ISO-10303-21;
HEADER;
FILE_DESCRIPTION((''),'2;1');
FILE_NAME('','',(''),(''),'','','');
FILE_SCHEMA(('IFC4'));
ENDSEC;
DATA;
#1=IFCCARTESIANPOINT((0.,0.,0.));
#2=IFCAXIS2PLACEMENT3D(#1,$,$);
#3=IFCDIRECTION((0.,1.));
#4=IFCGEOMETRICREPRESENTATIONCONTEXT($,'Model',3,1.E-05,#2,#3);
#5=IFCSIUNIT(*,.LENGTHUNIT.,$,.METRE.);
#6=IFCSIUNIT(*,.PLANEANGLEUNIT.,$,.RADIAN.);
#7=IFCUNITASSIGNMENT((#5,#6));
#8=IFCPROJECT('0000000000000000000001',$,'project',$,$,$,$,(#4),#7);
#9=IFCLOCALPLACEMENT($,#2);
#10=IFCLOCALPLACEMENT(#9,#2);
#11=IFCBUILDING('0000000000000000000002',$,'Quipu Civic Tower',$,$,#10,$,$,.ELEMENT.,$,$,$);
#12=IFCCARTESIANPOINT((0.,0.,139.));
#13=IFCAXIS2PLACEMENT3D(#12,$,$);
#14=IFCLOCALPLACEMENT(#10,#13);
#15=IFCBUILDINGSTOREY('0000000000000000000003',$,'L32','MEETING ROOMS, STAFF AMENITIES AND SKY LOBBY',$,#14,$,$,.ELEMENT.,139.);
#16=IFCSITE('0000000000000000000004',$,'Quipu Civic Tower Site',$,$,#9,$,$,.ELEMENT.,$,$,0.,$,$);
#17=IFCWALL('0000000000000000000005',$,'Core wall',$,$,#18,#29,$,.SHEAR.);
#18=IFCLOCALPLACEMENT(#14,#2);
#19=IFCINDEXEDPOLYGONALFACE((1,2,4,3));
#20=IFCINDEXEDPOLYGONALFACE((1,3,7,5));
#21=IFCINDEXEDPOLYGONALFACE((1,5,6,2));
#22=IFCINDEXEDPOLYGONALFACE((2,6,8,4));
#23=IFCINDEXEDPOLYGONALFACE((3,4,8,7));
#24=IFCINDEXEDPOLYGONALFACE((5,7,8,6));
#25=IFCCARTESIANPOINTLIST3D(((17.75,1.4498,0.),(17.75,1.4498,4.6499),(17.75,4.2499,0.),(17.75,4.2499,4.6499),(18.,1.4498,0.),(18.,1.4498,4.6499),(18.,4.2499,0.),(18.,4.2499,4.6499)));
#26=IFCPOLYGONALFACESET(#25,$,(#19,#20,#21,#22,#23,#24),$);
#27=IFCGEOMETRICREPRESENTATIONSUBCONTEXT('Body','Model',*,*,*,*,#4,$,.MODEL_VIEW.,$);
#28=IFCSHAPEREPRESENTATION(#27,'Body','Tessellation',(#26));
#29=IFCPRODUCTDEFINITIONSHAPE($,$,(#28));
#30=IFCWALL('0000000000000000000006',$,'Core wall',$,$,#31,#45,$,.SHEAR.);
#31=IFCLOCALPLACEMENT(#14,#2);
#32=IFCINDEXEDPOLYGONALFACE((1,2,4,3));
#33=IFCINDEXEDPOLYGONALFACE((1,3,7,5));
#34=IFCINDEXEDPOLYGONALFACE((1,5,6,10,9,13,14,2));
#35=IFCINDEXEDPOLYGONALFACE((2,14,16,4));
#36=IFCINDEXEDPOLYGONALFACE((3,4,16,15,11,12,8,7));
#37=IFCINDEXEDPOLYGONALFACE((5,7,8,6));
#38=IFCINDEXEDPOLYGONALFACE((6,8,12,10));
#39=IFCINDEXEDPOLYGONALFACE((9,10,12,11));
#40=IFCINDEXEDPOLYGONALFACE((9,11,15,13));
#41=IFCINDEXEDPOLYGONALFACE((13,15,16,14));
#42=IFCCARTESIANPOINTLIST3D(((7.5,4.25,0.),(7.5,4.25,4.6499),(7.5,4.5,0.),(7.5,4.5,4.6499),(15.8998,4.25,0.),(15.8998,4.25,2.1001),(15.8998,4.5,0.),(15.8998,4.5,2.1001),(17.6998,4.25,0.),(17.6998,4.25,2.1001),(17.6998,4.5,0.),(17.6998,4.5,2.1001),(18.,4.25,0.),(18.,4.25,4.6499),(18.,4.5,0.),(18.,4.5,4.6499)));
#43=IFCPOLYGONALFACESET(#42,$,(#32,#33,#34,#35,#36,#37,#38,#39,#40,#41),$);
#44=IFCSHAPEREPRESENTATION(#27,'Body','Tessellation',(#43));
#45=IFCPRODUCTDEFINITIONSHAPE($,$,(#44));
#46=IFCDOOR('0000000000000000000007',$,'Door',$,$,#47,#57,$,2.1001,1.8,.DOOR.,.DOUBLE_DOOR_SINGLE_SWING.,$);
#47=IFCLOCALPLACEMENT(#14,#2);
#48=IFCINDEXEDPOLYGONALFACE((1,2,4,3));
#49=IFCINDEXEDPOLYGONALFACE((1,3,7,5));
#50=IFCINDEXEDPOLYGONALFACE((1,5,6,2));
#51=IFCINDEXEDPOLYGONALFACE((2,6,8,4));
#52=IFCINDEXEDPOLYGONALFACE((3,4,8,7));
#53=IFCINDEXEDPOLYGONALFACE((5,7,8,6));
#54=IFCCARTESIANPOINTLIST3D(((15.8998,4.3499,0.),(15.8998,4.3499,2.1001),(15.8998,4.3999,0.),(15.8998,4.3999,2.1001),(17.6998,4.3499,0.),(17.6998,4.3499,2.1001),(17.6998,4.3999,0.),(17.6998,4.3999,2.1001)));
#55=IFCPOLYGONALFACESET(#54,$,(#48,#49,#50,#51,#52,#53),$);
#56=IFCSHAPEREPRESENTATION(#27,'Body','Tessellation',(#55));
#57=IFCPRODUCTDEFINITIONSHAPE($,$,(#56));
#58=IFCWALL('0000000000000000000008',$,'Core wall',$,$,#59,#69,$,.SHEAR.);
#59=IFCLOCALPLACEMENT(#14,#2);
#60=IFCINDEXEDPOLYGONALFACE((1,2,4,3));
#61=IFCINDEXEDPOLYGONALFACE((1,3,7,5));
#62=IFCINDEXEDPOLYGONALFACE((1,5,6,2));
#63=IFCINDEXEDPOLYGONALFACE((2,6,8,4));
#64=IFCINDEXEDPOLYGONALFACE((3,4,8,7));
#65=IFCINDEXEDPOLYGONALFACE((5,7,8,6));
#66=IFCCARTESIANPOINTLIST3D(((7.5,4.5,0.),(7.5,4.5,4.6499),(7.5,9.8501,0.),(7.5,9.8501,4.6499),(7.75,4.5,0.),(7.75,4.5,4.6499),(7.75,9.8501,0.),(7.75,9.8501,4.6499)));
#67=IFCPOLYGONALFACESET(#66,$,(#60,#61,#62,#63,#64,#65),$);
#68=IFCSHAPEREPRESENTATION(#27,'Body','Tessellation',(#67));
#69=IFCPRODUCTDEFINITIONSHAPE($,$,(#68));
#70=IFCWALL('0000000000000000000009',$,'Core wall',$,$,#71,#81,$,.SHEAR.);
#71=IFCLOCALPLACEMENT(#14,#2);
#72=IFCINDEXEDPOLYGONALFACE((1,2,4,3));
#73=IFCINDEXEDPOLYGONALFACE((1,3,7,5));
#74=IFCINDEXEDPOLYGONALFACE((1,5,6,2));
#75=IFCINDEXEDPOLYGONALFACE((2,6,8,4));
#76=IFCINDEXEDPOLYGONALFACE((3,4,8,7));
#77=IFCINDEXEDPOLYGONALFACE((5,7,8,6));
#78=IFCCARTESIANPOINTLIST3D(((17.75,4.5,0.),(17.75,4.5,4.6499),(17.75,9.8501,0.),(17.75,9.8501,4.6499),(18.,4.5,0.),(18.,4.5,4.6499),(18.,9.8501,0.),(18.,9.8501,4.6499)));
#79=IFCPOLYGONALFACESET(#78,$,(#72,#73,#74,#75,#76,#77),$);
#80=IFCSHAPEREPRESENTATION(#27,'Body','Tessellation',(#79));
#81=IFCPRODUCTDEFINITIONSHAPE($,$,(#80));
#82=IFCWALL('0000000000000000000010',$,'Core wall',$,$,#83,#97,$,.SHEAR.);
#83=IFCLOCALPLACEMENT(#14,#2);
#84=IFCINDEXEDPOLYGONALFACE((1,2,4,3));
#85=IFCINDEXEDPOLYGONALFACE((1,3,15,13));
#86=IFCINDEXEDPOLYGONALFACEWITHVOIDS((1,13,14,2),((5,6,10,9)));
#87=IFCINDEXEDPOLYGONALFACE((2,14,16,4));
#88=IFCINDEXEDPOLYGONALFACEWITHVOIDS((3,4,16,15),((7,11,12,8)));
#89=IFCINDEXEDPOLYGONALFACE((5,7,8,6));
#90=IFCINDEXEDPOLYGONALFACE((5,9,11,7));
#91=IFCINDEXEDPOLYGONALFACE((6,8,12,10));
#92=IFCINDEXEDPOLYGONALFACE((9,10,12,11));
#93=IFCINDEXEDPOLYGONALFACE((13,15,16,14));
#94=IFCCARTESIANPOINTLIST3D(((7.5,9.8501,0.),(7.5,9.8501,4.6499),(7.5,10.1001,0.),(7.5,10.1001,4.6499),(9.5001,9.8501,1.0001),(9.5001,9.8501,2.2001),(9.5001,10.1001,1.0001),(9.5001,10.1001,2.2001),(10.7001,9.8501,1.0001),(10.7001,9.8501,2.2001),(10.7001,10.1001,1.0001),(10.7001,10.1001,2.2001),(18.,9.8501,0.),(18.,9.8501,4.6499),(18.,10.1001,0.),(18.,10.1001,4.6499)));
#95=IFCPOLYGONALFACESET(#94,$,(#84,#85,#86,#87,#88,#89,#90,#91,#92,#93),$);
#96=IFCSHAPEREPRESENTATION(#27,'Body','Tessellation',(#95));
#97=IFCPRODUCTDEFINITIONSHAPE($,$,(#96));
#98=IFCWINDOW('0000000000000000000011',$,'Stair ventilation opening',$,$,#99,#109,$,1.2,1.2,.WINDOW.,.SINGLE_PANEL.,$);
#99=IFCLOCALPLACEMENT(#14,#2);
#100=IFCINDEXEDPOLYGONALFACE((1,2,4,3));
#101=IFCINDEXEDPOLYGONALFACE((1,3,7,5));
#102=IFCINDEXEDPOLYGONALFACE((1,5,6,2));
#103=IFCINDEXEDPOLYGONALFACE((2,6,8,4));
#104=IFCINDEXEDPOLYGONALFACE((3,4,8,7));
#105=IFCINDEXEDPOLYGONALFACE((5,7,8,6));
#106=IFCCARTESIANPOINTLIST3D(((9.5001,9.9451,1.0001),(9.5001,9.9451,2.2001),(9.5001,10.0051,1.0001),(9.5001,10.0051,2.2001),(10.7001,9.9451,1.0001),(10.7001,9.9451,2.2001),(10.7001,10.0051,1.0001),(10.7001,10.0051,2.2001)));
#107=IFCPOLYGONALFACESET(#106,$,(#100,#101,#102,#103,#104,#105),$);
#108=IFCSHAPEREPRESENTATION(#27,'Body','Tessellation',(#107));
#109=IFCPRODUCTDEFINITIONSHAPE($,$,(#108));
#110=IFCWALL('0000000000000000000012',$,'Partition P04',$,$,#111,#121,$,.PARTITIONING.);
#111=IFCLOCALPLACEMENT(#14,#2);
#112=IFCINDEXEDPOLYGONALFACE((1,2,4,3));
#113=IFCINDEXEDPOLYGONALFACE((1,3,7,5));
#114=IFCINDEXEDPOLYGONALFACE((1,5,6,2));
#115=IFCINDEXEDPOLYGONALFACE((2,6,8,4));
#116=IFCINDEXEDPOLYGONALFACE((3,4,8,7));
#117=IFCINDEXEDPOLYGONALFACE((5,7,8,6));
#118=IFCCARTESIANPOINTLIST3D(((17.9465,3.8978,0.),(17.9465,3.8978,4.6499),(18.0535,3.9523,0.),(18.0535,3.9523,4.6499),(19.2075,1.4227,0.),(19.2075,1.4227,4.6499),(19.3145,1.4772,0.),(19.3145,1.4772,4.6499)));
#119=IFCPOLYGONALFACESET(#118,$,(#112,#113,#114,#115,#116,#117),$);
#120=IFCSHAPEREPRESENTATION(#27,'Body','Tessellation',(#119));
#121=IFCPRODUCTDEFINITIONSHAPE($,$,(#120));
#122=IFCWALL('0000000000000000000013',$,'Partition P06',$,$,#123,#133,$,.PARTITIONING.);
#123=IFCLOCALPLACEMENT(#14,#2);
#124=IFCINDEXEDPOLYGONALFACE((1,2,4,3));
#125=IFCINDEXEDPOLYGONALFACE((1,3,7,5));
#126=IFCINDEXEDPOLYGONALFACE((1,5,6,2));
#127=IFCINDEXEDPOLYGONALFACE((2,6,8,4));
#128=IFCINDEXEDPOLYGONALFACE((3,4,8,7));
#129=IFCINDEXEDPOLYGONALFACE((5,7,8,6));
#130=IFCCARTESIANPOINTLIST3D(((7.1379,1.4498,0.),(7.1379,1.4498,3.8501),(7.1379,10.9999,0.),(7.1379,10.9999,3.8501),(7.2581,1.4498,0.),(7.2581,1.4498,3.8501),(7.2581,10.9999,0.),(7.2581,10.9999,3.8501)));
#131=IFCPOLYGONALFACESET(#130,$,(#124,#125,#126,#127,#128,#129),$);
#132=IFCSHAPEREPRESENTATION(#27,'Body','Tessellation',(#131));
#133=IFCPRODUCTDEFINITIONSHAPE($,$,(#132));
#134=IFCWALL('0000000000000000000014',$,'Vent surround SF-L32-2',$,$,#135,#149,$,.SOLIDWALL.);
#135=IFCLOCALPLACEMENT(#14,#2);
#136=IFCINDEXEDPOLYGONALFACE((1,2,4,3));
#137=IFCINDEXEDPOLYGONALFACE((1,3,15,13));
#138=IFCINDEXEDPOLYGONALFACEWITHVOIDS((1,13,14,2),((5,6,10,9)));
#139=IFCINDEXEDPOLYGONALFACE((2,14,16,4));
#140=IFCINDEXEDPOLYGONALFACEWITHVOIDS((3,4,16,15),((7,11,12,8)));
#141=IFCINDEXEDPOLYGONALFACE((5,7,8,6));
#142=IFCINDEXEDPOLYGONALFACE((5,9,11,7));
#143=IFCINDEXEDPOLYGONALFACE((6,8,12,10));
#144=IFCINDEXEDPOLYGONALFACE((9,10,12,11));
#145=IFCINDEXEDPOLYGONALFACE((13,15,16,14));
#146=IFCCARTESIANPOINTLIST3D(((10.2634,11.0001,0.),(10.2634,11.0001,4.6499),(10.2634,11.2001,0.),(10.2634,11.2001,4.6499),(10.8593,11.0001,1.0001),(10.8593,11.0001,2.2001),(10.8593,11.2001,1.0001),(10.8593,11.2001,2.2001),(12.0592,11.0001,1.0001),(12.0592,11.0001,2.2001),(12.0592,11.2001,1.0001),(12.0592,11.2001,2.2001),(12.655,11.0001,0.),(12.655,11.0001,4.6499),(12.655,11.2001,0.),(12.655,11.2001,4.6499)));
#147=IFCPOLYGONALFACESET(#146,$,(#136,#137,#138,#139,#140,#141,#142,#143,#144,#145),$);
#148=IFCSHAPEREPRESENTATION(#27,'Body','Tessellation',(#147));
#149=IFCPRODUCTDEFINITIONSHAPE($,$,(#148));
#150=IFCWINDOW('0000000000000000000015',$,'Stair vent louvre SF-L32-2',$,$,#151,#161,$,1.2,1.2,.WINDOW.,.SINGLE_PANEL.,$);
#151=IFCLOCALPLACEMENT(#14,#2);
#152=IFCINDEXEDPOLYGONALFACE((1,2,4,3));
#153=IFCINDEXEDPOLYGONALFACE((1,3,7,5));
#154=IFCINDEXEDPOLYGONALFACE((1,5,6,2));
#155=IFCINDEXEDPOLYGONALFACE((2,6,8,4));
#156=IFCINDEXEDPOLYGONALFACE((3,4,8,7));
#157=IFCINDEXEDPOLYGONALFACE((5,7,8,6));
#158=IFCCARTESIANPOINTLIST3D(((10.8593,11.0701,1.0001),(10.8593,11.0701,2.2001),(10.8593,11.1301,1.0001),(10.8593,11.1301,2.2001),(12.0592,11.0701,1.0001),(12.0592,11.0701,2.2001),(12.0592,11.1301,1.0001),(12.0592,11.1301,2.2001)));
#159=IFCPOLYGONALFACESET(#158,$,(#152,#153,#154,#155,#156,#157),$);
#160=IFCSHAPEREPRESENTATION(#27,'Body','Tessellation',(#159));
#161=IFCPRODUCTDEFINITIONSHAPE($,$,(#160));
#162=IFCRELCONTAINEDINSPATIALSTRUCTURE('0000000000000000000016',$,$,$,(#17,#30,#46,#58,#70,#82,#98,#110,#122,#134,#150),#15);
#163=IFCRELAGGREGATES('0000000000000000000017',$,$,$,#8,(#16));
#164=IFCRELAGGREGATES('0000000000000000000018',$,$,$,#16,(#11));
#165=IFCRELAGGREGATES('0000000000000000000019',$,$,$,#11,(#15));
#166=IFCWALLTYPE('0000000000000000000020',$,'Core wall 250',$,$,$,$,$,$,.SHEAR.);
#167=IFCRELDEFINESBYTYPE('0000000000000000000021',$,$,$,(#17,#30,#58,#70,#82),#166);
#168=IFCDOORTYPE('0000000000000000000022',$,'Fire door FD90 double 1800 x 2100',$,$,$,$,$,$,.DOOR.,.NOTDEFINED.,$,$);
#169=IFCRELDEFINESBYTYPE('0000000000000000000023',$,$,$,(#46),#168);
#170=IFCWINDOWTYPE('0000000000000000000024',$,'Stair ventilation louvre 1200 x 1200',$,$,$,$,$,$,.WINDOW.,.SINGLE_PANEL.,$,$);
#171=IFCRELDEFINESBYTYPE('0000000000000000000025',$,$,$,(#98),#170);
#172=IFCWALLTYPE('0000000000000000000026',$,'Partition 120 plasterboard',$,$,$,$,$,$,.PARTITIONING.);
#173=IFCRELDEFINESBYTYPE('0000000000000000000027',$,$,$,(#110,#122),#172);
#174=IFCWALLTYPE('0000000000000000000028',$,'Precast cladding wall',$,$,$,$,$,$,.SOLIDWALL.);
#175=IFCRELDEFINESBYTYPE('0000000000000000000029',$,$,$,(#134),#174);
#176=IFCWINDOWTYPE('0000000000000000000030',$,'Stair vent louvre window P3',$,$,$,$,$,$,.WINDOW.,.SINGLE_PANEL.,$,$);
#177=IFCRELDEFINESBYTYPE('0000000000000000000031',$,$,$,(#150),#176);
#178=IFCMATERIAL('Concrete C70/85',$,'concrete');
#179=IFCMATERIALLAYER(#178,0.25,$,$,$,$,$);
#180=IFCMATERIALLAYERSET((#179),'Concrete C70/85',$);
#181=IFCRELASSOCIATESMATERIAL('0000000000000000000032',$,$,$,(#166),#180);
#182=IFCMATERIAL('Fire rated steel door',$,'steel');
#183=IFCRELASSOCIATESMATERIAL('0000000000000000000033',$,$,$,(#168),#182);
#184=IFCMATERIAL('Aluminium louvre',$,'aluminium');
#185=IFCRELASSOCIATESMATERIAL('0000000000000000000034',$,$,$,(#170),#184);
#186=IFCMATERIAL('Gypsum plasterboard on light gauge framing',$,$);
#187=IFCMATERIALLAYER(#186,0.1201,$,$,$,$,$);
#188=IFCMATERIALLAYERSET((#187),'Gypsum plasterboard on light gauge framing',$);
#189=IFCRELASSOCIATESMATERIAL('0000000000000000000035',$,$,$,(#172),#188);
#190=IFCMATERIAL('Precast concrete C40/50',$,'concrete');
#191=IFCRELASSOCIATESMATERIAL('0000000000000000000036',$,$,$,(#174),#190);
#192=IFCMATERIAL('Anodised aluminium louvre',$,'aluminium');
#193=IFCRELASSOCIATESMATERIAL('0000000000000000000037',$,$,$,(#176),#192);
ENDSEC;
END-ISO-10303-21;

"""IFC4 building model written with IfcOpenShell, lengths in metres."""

from ifc_helpers import new_model, si_unit, direction, frame, frame_2d, origin, place, context, subcontext, project, spatial, rectangle, extrude, material, layer, layer_set, type_object, element, fill, save


model = new_model("IFC4")

# Units and contexts
model_context = context("Model", 3, precision=1e-05, world=origin(), true_north=direction((0.0, 1.0)))
body_context = subcontext(model_context, "Body", "Model", "MODEL_VIEW")
ifc_project = project(units=[si_unit("LENGTHUNIT", "METRE"), si_unit("PLANEANGLEUNIT", "RADIAN")], contexts=[model_context])

# Site, building, storey
site_placement = place(None, origin())
site = spatial("IfcSite", under=ifc_project, at=site_placement, Name="Quipu Civic Tower Site", CompositionType="ELEMENT", RefElevation=0.0)
building_placement = place(site_placement, origin())
building = spatial("IfcBuilding", under=site, at=building_placement, Name="Quipu Civic Tower", CompositionType="ELEMENT")
storey_placement = place(building_placement, frame((0.0, 0.0, 139.0)))
storey = spatial("IfcBuildingStorey", under=building, at=storey_placement, Name="L32", Description="MEETING ROOMS, STAFF AMENITIES AND SKY LOBBY", CompositionType="ELEMENT", Elevation=139.0)

# Shared definitions
ifc_material_1 = material(Name="Concrete C70/85", Category="concrete")
ifc_layer_1 = layer(ifc_material_1, 0.25)
ifc_layer_set_1 = layer_set([ifc_layer_1], Name="Concrete C70/85")
wall_type_1 = type_object("IfcWallType", Name="Core wall 250", PredefinedType="SHEAR", material=ifc_layer_set_1)
ifc_material_2 = material(Name="Fire rated steel door", Category="steel")
door_type = type_object("IfcDoorType", Name="Fire door FD90 double 1800 x 2100", OperationType="NOTDEFINED", PredefinedType="DOOR", material=ifc_material_2)

# Wall
for number, where, z_axis, x_axis, name in (
    (1, (17.875, 1.45, 0.0), (0.0, 0.0, 1.0), (0.0, 1.0, 0.0), "Core wall"),
):
    element("IfcWall", number, at=place(storey_placement, frame(where, z_axis=z_axis, x_axis=x_axis)), inside=storey, type_object=wall_type_1, Name=name, PredefinedType="SHEAR", context=body_context, shape_type="SweptSolid", body=[
        extrude(rectangle(XDim=2.8, YDim=0.25, at=frame_2d((1.3999, 0.0))), origin(), (0.0, 0.0, 1.0), 4.6499),
    ])

# Wall, opening, door
wall_1_placement = place(storey_placement, frame((7.5, 4.375, 0.0), z_axis=(0.0, 0.0, 1.0), x_axis=(1.0, 0.0, 0.0)))
wall_1 = element("IfcWall", 2, at=wall_1_placement, inside=storey, type_object=wall_type_1, Name="Core wall", PredefinedType="SHEAR", context=body_context, shape_type="SweptSolid", body=[
    extrude(rectangle(XDim=10.5, YDim=0.25, at=frame_2d((5.25, 0.0))), origin(), (0.0, 0.0, 1.0), 4.6499),
])
opening_1_placement = place(wall_1_placement, frame((8.3999, 0.0, 0.0)))
opening_1 = element("IfcOpeningElement", 3, at=opening_1_placement, cuts=wall_1, PredefinedType="OPENING", context=body_context, shape_type="SweptSolid", body=[
    extrude(rectangle(XDim=1.8, YDim=2.1001, at=frame_2d((0.8999, 1.05))), frame((0.0, 0.135, 0.0), z_axis=(0.0, -1.0, 0.0), x_axis=(1.0, 0.0, 0.0)), (0.0, 0.0, 1.0), 0.27),
])
door_1_placement = place(opening_1_placement, origin())
door_1 = element("IfcDoor", 4, at=door_1_placement, inside=storey, type_object=door_type, Name="Door", OperationType="DOUBLE_DOOR_SINGLE_SWING", OverallHeight=2.1001, OverallWidth=1.8, PredefinedType="DOOR", context=body_context, shape_type="SweptSolid", body=[
    extrude(rectangle(XDim=1.8, YDim=2.1001, at=frame_2d((0.8999, 1.05))), frame((0.0, 0.0249, 0.0), z_axis=(0.0, -1.0, 0.0), x_axis=(1.0, 0.0, 0.0)), (0.0, 0.0, 1.0), 0.05),
])
fill(opening_1, door_1)

# Walls
for number, where, z_axis, x_axis, name in (
    (5, (7.625, 4.5, 0.0), (0.0, 0.0, 1.0), (0.0, 1.0, 0.0), "Core wall"),
    (6, (17.875, 4.5, 0.0), (0.0, 0.0, 1.0), (0.0, 1.0, 0.0), "Core wall"),
):
    element("IfcWall", number, at=place(storey_placement, frame(where, z_axis=z_axis, x_axis=x_axis)), inside=storey, type_object=wall_type_1, Name=name, PredefinedType="SHEAR", context=body_context, shape_type="SweptSolid", body=[
        extrude(rectangle(XDim=5.3501, YDim=0.25, at=frame_2d((2.675, 0.0))), origin(), (0.0, 0.0, 1.0), 4.6499),
    ])

# Wall, opening, window
wall_2_placement = place(storey_placement, frame((7.5, 9.9751, 0.0), z_axis=(0.0, 0.0, 1.0), x_axis=(1.0, 0.0, 0.0)))
wall_2 = element("IfcWall", 7, at=wall_2_placement, inside=storey, type_object=wall_type_1, Name="Core wall", PredefinedType="SHEAR", context=body_context, shape_type="SweptSolid", body=[
    extrude(rectangle(XDim=10.5, YDim=0.25, at=frame_2d((5.25, 0.0))), origin(), (0.0, 0.0, 1.0), 4.6499),
])
opening_2_placement = place(wall_2_placement, frame((2.0, 0.0, 1.0)))
opening_2 = element("IfcOpeningElement", 8, at=opening_2_placement, cuts=wall_2, PredefinedType="OPENING", context=body_context, shape_type="SweptSolid", body=[
    extrude(rectangle(XDim=1.2, YDim=1.2, at=frame_2d((0.6001, 0.6001))), frame((0.0, 0.135, 0.0), z_axis=(0.0, -1.0, 0.0), x_axis=(1.0, 0.0, 0.0)), (0.0, 0.0, 1.0), 0.27),
])
ifc_material_3 = material(Name="Aluminium louvre", Category="aluminium")
window_type_1 = type_object("IfcWindowType", Name="Stair ventilation louvre 1200 x 1200", PartitioningType="SINGLE_PANEL", PredefinedType="WINDOW", material=ifc_material_3)
window_1_placement = place(opening_2_placement, origin())
window_1 = element("IfcWindow", 9, at=window_1_placement, inside=storey, type_object=window_type_1, Name="Stair ventilation opening", OverallHeight=1.2, OverallWidth=1.2, PartitioningType="SINGLE_PANEL", PredefinedType="WINDOW", context=body_context, shape_type="SweptSolid", body=[
    extrude(rectangle(XDim=1.2, YDim=1.2, at=frame_2d((0.6001, 0.6001))), frame((0.0, 0.03, 0.0), z_axis=(0.0, -1.0, 0.0), x_axis=(1.0, 0.0, 0.0)), (0.0, 0.0, 1.0), 0.0601),
])
fill(opening_2, window_1)

# Walls
ifc_material_4 = material(Name="Gypsum plasterboard on light gauge framing")
ifc_layer_2 = layer(ifc_material_4, 0.1201)
ifc_layer_set_2 = layer_set([ifc_layer_2], Name="Gypsum plasterboard on light gauge framing")
wall_type_2 = type_object("IfcWallType", Name="Partition 120 plasterboard", PredefinedType="PARTITIONING", material=ifc_layer_set_2)
wall_3_placement = place(storey_placement, frame((18.0, 3.925, 0.0), z_axis=(0.0, 0.0, 1.0), x_axis=(0.453951, -0.891027, 0.0)))
element("IfcWall", 10, at=wall_3_placement, inside=storey, type_object=wall_type_2, Name="Partition P04", PredefinedType="PARTITIONING", context=body_context, shape_type="SweptSolid", body=[
    extrude(rectangle(XDim=2.7778, YDim=0.1201, at=frame_2d((1.3889, 0.0))), origin(), (0.0, 0.0, 1.0), 4.6499),
])
wall_4_placement = place(storey_placement, frame((7.198, 1.45, 0.0), z_axis=(0.0, 0.0, 1.0), x_axis=(0.0, 1.0, 0.0)))
element("IfcWall", 11, at=wall_4_placement, inside=storey, type_object=wall_type_2, Name="Partition P06", PredefinedType="PARTITIONING", context=body_context, shape_type="SweptSolid", body=[
    extrude(rectangle(XDim=9.55, YDim=0.1201, at=frame_2d((4.7749, 0.0))), origin(), (0.0, 0.0, 1.0), 3.8501),
])

# Wall, opening, window
ifc_material_5 = material(Name="Precast concrete C40/50", Category="concrete")
wall_type_3 = type_object("IfcWallType", Name="Precast cladding wall", PredefinedType="SOLIDWALL", material=ifc_material_5)
wall_5_placement = place(storey_placement, frame((12.655, 11.1001, 0.0), z_axis=(0.0, 0.0, 1.0), x_axis=(-1.0, 0.0, 0.0)))
wall_5 = element("IfcWall", 12, at=wall_5_placement, inside=storey, type_object=wall_type_3, Name="Vent surround SF-L32-2", PredefinedType="SOLIDWALL", context=body_context, shape_type="SweptSolid", body=[
    extrude(rectangle(XDim=2.3916, YDim=0.2, at=frame_2d((1.1958, 0.0))), origin(), (0.0, 0.0, 1.0), 4.6499),
])
opening_3_placement = place(wall_5_placement, frame((0.5957, 0.0, 1.0)))
opening_3 = element("IfcOpeningElement", 13, at=opening_3_placement, cuts=wall_5, PredefinedType="OPENING", context=body_context, shape_type="SweptSolid", body=[
    extrude(rectangle(XDim=1.2, YDim=1.2, at=frame_2d((0.6001, 0.6001))), frame((0.0, 0.1099, 0.0), z_axis=(0.0, -1.0, 0.0), x_axis=(1.0, 0.0, 0.0)), (0.0, 0.0, 1.0), 0.22),
])
ifc_material_6 = material(Name="Anodised aluminium louvre", Category="aluminium")
window_type_2 = type_object("IfcWindowType", Name="Stair vent louvre window P3", PartitioningType="SINGLE_PANEL", PredefinedType="WINDOW", material=ifc_material_6)
window_2_placement = place(opening_3_placement, origin())
window_2 = element("IfcWindow", 14, at=window_2_placement, inside=storey, type_object=window_type_2, Name="Stair vent louvre SF-L32-2", OverallHeight=1.2, OverallWidth=1.2, PartitioningType="SINGLE_PANEL", PredefinedType="WINDOW", context=body_context, shape_type="SweptSolid", body=[
    extrude(rectangle(XDim=1.2, YDim=1.2, at=frame_2d((0.6001, 0.6001))), frame((0.0, 0.03, 0.0), z_axis=(0.0, -1.0, 0.0), x_axis=(1.0, 0.0, 0.0)), (0.0, 0.0, 1.0), 0.0601),
])
fill(opening_3, window_2)

save(model, "model.ifc")
